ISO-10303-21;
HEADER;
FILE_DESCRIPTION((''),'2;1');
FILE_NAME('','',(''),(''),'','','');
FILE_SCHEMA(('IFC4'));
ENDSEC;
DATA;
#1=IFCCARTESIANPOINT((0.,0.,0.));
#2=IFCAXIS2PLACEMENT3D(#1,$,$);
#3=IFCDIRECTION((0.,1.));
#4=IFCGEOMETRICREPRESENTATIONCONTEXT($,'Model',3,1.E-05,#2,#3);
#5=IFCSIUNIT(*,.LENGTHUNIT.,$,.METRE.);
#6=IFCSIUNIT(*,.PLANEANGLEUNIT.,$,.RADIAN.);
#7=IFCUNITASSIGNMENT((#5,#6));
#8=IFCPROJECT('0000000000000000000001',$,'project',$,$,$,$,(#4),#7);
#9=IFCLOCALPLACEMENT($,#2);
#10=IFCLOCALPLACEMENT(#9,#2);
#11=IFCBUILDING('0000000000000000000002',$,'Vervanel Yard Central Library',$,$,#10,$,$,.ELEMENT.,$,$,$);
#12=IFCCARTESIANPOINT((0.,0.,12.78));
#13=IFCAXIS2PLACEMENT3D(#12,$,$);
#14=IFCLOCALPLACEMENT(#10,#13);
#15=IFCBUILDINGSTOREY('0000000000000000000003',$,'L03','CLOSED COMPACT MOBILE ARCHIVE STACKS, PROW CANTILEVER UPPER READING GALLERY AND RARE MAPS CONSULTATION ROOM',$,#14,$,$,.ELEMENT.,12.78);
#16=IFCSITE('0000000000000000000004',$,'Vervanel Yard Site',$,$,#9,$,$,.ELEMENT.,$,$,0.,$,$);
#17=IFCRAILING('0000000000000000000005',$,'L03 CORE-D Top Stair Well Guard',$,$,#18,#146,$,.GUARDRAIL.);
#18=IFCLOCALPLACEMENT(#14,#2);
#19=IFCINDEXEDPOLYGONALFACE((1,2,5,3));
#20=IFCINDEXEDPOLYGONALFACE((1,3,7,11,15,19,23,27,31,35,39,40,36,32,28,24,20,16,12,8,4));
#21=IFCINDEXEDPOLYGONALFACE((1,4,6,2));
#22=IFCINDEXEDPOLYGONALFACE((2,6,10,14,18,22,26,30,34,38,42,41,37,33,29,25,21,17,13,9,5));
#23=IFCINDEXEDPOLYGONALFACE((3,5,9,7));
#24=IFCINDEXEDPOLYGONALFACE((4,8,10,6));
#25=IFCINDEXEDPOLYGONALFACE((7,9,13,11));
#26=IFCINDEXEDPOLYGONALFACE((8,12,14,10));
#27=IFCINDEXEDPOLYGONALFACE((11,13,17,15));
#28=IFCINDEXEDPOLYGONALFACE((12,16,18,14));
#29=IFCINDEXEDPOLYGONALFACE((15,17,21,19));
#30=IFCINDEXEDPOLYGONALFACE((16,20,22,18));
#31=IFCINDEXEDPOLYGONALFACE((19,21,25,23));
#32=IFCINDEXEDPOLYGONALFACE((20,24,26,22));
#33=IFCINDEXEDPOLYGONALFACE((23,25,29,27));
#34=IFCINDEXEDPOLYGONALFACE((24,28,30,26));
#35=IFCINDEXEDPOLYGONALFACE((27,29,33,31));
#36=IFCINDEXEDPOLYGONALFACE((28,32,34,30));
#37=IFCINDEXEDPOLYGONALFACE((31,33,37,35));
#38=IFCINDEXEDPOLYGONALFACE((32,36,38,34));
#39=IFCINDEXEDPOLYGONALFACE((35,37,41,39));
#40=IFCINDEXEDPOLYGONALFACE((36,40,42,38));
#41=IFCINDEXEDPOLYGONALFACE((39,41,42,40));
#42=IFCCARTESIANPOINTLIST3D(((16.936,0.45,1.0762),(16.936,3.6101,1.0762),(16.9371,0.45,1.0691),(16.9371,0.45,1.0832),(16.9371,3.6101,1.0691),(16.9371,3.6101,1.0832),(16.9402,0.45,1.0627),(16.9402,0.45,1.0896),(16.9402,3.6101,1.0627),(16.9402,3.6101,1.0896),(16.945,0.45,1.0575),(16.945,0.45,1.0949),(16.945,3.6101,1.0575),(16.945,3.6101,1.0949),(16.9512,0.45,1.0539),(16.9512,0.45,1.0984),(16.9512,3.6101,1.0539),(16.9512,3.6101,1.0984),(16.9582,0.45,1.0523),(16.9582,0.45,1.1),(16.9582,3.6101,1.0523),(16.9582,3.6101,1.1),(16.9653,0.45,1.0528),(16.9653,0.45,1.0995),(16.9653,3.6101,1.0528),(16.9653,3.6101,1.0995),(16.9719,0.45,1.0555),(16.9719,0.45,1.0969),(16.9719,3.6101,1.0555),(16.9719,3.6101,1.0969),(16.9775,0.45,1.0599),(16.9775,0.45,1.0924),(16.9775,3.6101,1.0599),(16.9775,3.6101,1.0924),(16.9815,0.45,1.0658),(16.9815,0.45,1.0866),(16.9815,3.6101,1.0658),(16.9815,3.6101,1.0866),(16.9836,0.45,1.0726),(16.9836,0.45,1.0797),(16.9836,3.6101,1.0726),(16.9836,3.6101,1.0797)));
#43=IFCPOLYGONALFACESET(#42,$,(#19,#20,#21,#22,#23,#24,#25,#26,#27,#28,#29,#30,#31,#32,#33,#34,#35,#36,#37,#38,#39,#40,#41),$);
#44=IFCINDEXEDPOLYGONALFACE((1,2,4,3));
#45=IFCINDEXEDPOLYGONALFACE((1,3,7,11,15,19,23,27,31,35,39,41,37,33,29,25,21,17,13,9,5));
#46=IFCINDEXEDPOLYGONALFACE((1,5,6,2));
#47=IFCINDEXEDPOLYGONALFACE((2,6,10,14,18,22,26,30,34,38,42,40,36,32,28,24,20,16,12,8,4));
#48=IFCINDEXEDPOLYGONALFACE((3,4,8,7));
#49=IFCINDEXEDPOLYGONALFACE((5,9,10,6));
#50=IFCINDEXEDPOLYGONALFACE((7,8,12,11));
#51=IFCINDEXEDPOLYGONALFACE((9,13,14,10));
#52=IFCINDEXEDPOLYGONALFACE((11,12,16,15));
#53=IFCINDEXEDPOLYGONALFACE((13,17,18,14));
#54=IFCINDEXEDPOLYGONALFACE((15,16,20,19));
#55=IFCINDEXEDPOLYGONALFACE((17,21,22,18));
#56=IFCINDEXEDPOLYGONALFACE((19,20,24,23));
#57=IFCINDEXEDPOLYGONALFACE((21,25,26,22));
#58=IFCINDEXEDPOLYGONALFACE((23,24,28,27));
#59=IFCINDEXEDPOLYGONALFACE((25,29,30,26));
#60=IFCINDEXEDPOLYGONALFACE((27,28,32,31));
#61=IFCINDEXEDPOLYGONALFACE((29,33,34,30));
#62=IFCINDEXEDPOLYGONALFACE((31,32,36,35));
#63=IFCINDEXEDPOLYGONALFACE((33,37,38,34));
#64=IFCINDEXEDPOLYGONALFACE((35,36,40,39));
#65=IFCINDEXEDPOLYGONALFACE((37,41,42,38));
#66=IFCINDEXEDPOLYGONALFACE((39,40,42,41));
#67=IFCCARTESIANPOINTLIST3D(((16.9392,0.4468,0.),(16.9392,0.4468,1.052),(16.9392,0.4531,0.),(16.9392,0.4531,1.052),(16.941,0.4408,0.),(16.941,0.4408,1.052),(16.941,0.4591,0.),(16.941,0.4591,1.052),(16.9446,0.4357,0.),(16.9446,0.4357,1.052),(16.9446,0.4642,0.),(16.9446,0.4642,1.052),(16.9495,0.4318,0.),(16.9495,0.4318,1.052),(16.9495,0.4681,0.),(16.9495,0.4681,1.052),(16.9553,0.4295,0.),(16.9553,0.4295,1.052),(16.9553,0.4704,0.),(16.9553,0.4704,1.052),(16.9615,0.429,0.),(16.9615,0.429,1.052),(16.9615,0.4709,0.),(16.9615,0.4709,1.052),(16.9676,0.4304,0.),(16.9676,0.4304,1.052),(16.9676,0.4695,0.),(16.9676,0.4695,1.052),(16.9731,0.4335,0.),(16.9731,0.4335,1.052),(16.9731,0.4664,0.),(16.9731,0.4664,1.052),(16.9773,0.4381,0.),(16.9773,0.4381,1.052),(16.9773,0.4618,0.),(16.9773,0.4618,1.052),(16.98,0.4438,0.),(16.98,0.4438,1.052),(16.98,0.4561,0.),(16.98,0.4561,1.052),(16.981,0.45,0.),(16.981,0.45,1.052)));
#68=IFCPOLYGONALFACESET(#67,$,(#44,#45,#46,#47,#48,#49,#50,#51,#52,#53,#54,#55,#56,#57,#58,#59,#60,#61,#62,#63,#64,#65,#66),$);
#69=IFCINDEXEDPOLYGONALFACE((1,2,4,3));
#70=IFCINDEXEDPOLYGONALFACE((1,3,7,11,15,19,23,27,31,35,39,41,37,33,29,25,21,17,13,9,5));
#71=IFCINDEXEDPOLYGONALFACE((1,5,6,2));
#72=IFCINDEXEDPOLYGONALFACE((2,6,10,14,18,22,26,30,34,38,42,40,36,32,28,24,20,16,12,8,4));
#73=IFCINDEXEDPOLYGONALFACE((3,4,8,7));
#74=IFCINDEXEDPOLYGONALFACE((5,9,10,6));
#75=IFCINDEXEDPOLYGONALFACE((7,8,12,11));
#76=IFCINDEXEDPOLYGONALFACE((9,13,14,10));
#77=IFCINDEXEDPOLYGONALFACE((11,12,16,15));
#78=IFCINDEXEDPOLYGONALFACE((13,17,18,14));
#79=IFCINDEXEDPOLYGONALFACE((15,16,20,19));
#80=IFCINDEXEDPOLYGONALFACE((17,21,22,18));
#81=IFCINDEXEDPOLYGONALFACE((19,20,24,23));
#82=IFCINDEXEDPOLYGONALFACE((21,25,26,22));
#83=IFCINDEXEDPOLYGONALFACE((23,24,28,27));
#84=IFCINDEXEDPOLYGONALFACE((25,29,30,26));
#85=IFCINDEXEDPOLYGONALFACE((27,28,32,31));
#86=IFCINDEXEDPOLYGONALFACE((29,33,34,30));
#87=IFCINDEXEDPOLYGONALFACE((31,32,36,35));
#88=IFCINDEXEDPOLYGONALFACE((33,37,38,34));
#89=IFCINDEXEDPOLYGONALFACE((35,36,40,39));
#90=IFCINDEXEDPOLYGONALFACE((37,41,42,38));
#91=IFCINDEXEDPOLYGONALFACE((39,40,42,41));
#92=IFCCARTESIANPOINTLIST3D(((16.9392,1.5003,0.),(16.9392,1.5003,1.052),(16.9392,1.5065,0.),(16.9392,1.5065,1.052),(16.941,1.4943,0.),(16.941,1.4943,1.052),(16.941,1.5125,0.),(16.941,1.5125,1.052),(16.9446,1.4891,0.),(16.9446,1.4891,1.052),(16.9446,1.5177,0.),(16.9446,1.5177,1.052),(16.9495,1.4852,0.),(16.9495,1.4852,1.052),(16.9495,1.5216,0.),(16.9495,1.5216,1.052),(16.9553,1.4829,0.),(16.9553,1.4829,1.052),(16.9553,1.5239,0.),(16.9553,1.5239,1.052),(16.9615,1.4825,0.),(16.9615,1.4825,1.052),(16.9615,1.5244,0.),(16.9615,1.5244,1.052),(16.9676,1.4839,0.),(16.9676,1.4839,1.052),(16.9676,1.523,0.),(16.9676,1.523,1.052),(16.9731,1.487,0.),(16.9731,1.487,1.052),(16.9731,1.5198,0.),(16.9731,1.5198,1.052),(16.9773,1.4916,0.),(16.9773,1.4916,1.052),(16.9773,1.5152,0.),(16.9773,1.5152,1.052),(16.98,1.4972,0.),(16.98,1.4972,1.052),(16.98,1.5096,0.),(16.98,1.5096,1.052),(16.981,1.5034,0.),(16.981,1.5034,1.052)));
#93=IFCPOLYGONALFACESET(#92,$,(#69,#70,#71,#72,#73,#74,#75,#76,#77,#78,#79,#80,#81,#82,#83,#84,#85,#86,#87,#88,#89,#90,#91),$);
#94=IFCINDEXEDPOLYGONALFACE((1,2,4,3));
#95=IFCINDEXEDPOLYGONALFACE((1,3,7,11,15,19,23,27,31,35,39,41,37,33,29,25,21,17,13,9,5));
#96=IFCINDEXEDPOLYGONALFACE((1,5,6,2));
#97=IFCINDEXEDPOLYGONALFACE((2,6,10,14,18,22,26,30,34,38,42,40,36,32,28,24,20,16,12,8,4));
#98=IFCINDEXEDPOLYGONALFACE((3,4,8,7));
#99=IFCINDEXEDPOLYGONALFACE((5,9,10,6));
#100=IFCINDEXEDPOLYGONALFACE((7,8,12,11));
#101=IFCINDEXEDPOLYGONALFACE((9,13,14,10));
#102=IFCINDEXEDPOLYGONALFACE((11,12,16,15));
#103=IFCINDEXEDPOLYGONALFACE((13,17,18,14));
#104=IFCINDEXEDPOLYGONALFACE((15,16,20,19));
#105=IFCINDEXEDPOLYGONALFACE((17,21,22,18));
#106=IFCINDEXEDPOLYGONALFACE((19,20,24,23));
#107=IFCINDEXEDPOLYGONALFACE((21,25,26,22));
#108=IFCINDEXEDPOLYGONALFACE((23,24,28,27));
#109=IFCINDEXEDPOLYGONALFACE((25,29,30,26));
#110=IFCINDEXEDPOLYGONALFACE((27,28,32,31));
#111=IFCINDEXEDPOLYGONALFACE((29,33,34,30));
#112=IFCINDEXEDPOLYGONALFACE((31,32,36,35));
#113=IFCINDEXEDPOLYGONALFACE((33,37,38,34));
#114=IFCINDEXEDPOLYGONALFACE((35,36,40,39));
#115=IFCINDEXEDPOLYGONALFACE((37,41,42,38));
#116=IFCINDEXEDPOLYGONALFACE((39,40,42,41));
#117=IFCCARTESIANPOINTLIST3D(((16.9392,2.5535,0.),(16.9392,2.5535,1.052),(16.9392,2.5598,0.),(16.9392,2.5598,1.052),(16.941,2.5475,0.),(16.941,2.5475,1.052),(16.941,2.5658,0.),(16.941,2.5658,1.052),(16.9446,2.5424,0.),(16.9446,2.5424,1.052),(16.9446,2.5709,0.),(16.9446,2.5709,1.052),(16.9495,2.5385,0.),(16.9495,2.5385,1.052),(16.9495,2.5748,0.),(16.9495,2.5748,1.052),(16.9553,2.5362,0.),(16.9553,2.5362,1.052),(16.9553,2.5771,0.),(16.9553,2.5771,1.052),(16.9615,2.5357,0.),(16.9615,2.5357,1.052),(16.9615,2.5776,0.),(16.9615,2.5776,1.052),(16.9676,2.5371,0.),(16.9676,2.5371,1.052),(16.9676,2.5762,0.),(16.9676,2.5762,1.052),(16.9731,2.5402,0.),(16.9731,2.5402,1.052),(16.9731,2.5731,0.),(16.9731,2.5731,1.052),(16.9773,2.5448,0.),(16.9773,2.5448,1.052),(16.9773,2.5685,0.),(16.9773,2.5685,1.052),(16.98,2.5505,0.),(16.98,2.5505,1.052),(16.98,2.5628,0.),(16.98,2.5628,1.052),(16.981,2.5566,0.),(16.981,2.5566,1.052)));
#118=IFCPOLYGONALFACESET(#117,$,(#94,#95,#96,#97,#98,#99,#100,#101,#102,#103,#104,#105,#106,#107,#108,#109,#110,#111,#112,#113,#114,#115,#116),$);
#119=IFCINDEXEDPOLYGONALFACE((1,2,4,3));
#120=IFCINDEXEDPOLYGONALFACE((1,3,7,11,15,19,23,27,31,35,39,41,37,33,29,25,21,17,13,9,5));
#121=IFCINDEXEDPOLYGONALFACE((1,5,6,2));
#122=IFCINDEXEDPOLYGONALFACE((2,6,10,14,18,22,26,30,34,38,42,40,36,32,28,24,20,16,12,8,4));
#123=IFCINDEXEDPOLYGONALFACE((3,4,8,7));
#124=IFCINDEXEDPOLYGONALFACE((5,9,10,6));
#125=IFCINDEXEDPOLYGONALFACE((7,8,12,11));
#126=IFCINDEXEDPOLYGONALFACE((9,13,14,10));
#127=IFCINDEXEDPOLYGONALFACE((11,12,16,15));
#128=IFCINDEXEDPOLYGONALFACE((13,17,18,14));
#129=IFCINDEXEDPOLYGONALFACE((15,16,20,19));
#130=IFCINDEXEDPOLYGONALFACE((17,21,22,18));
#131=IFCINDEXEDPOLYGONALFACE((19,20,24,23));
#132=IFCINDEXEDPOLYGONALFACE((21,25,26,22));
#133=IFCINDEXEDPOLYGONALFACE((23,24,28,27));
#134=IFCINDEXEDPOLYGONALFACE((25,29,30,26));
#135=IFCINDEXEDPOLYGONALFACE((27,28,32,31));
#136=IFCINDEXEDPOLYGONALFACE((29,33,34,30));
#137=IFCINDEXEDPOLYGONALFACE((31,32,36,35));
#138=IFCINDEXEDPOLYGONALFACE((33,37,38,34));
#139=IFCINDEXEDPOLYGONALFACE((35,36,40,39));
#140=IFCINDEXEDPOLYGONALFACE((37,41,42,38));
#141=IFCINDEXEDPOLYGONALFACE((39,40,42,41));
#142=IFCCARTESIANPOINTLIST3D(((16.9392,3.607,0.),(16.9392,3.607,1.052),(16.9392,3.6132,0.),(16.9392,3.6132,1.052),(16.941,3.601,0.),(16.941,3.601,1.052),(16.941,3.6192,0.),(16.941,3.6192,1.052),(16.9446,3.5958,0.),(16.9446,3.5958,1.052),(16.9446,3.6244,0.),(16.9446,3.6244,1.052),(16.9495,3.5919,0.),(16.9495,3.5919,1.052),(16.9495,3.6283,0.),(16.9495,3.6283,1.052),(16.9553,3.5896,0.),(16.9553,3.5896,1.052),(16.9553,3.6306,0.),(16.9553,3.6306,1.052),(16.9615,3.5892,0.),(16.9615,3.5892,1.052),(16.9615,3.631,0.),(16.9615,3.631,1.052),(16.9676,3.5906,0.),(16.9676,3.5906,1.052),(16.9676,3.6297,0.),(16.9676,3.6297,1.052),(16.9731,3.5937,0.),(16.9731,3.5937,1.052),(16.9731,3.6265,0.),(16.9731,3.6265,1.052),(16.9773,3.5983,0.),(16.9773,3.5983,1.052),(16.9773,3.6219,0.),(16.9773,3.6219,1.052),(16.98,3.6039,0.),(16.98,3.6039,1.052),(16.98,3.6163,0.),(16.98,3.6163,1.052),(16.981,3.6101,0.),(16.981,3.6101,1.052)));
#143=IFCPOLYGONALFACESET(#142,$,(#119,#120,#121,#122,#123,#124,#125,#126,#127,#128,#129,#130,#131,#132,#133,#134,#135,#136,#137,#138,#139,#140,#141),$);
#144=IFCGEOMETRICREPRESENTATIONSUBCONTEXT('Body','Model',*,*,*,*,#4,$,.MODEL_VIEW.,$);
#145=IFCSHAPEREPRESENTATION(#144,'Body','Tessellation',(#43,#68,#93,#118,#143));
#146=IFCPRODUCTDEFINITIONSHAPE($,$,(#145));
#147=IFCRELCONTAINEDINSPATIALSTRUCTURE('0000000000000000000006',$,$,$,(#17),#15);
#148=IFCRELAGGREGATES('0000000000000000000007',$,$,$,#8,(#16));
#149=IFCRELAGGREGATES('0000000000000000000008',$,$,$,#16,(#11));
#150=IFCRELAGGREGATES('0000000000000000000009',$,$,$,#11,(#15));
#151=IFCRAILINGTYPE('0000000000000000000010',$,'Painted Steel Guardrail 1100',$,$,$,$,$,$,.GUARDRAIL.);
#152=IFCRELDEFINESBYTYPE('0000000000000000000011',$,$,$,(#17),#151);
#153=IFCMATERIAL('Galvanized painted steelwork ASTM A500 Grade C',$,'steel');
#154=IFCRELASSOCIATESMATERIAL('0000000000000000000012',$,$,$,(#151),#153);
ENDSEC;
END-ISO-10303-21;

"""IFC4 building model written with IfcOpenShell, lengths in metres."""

from ifc_helpers import new_model, si_unit, direction, frame, origin, origin_2d, place, context, subcontext, project, spatial, circle, extrude, material, type_object, element, save


model = new_model("IFC4")

# Units and contexts
model_context = context("Model", 3, precision=1e-05, world=origin(), true_north=direction((0.0, 1.0)))
body_context = subcontext(model_context, "Body", "Model", "MODEL_VIEW")
ifc_project = project(units=[si_unit("LENGTHUNIT", "METRE"), si_unit("PLANEANGLEUNIT", "RADIAN")], contexts=[model_context])

# Site, building, storey
site_placement = place(None, origin())
site = spatial("IfcSite", under=ifc_project, at=site_placement, Name="Vervanel Yard Site", CompositionType="ELEMENT", RefElevation=0.0)
building_placement = place(site_placement, origin())
building = spatial("IfcBuilding", under=site, at=building_placement, Name="Vervanel Yard Central Library", CompositionType="ELEMENT")
storey_placement = place(building_placement, frame((0.0, 0.0, 12.78)))
storey = spatial("IfcBuildingStorey", under=building, at=storey_placement, Name="L03", Description="CLOSED COMPACT MOBILE ARCHIVE STACKS, PROW CANTILEVER UPPER READING GALLERY AND RARE MAPS CONSULTATION ROOM", CompositionType="ELEMENT", Elevation=12.78)

# Shared definitions
ifc_material_1 = material(Name="Galvanized painted steelwork ASTM A500 Grade C", Category="steel")

# Railing
railing_type_1 = type_object("IfcRailingType", Name="Painted Steel Guardrail 1100", PredefinedType="GUARDRAIL", material=ifc_material_1)
railing_1_placement = place(storey_placement, frame((16.96, 0.45, 0.0)))
element("IfcRailing", 1, at=railing_1_placement, inside=storey, type_object=railing_type_1, Name="L03 CORE-D Top Stair Well Guard", PredefinedType="GUARDRAIL", context=body_context, shape_type="SweptSolid", body=[
    extrude(circle(Radius=0.0239, at=origin_2d()), frame((0.0, 0.0, 1.0762), z_axis=(0.0, 1.0, 0.0), x_axis=(-1.0, 0.0, 0.0)), (0.0, 0.0, 1.0), 3.1602),
    extrude(circle(Radius=0.021, at=origin_2d()), origin(), (0.0, 0.0, 1.0), 1.052),
    extrude(circle(Radius=0.021, at=origin_2d()), frame((0.0, 1.0535, 0.0)), (0.0, 0.0, 1.0), 1.052),
    extrude(circle(Radius=0.021, at=origin_2d()), frame((0.0, 2.1067, 0.0)), (0.0, 0.0, 1.0), 1.052),
    extrude(circle(Radius=0.021, at=origin_2d()), frame((0.0, 3.1602, 0.0)), (0.0, 0.0, 1.0), 1.052),
])

save(model, "model.ifc")
